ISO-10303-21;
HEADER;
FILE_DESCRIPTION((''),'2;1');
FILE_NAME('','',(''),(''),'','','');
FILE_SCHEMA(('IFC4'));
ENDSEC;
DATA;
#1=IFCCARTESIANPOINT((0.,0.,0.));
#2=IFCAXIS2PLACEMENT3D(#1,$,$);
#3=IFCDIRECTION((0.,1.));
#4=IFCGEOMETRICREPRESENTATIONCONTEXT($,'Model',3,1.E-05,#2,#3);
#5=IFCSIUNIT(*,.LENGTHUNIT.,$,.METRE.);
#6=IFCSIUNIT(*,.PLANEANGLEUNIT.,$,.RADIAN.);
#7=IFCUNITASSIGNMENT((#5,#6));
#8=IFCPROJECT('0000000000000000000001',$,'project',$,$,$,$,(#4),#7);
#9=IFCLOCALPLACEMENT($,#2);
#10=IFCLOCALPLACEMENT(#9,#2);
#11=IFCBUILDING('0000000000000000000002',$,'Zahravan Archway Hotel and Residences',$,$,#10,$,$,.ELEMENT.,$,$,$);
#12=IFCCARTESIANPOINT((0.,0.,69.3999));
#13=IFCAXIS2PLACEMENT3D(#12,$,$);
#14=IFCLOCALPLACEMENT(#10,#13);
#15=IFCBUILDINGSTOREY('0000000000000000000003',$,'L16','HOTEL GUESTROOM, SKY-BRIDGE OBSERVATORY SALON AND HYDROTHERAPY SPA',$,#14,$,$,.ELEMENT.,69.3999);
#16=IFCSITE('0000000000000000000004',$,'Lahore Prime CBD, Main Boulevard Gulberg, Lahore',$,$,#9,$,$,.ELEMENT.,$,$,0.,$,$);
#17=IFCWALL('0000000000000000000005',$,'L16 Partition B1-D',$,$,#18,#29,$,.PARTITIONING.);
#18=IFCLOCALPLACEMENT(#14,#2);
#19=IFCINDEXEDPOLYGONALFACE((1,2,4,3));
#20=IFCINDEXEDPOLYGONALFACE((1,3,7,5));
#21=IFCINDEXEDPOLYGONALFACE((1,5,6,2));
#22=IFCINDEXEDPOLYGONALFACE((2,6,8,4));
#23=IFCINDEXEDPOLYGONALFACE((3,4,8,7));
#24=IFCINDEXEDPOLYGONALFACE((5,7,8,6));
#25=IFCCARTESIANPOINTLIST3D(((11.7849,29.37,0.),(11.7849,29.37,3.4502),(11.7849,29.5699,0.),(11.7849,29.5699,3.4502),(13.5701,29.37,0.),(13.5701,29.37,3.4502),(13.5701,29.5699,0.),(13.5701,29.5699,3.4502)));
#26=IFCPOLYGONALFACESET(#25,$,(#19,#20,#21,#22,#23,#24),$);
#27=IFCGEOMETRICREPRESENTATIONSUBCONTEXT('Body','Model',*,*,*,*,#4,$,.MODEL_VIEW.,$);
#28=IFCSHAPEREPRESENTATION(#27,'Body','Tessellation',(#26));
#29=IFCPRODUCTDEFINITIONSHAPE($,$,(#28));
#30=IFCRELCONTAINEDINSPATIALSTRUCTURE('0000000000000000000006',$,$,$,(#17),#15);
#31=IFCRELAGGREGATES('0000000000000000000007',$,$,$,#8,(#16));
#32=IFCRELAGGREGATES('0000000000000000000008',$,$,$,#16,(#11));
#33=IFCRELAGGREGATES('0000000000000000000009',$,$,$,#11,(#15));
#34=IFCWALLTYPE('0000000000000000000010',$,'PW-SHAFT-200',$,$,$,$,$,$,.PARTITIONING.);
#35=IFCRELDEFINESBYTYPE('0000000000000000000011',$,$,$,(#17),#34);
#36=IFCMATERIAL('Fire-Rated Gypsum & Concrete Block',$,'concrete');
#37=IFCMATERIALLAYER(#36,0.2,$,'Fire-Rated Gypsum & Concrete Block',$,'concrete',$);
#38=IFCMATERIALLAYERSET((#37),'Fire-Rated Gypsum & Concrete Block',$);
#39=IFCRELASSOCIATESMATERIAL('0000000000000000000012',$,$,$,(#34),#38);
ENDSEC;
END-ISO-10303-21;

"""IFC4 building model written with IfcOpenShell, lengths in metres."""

from ifc_helpers import new_model, si_unit, direction, frame, frame_2d, origin, place, context, subcontext, project, spatial, rectangle, extrude, material, layer, layer_set, type_object, element, save


model = new_model("IFC4")

# Units and contexts
model_context = context("Model", 3, precision=1e-05, world=origin(), true_north=direction((0.0, 1.0)))
body_context = subcontext(model_context, "Body", "Model", "MODEL_VIEW")
ifc_project = project(units=[si_unit("LENGTHUNIT", "METRE"), si_unit("PLANEANGLEUNIT", "RADIAN")], contexts=[model_context])

# Site, building, storey
site_placement = place(None, origin())
site = spatial("IfcSite", under=ifc_project, at=site_placement, Name="Lahore Prime CBD, Main Boulevard Gulberg, Lahore", CompositionType="ELEMENT", RefElevation=0.0)
building_placement = place(site_placement, origin())
building = spatial("IfcBuilding", under=site, at=building_placement, Name="Zahravan Archway Hotel and Residences", CompositionType="ELEMENT")
storey_placement = place(building_placement, frame((0.0, 0.0, 69.3999)))
storey = spatial("IfcBuildingStorey", under=building, at=storey_placement, Name="L16", Description="HOTEL GUESTROOM, SKY-BRIDGE OBSERVATORY SALON AND HYDROTHERAPY SPA", CompositionType="ELEMENT", Elevation=69.3999)

# Shared definitions
ifc_material_1 = material(Name="Fire-Rated Gypsum & Concrete Block", Category="concrete")
ifc_layer_1 = layer(ifc_material_1, 0.2, Name="Fire-Rated Gypsum & Concrete Block", Category="concrete")
ifc_layer_set_1 = layer_set([ifc_layer_1], Name="Fire-Rated Gypsum & Concrete Block")
wall_type_1 = type_object("IfcWallType", Name="PW-SHAFT-200", PredefinedType="PARTITIONING", material=ifc_layer_set_1)

# Wall
wall_1_placement = place(storey_placement, frame((11.7849, 29.47, 0.0), z_axis=(0.0, 0.0, 1.0), x_axis=(1.0, 0.0, 0.0)))
element("IfcWall", 1, at=wall_1_placement, inside=storey, type_object=wall_type_1, Name="L16 Partition B1-D", PredefinedType="PARTITIONING", context=body_context, shape_type="SweptSolid", body=[
    extrude(rectangle(XDim=1.7852, YDim=0.2, at=frame_2d((0.8926, 0.0))), origin(), (0.0, 0.0, 1.0), 3.4502),
])

save(model, "model.ifc")
